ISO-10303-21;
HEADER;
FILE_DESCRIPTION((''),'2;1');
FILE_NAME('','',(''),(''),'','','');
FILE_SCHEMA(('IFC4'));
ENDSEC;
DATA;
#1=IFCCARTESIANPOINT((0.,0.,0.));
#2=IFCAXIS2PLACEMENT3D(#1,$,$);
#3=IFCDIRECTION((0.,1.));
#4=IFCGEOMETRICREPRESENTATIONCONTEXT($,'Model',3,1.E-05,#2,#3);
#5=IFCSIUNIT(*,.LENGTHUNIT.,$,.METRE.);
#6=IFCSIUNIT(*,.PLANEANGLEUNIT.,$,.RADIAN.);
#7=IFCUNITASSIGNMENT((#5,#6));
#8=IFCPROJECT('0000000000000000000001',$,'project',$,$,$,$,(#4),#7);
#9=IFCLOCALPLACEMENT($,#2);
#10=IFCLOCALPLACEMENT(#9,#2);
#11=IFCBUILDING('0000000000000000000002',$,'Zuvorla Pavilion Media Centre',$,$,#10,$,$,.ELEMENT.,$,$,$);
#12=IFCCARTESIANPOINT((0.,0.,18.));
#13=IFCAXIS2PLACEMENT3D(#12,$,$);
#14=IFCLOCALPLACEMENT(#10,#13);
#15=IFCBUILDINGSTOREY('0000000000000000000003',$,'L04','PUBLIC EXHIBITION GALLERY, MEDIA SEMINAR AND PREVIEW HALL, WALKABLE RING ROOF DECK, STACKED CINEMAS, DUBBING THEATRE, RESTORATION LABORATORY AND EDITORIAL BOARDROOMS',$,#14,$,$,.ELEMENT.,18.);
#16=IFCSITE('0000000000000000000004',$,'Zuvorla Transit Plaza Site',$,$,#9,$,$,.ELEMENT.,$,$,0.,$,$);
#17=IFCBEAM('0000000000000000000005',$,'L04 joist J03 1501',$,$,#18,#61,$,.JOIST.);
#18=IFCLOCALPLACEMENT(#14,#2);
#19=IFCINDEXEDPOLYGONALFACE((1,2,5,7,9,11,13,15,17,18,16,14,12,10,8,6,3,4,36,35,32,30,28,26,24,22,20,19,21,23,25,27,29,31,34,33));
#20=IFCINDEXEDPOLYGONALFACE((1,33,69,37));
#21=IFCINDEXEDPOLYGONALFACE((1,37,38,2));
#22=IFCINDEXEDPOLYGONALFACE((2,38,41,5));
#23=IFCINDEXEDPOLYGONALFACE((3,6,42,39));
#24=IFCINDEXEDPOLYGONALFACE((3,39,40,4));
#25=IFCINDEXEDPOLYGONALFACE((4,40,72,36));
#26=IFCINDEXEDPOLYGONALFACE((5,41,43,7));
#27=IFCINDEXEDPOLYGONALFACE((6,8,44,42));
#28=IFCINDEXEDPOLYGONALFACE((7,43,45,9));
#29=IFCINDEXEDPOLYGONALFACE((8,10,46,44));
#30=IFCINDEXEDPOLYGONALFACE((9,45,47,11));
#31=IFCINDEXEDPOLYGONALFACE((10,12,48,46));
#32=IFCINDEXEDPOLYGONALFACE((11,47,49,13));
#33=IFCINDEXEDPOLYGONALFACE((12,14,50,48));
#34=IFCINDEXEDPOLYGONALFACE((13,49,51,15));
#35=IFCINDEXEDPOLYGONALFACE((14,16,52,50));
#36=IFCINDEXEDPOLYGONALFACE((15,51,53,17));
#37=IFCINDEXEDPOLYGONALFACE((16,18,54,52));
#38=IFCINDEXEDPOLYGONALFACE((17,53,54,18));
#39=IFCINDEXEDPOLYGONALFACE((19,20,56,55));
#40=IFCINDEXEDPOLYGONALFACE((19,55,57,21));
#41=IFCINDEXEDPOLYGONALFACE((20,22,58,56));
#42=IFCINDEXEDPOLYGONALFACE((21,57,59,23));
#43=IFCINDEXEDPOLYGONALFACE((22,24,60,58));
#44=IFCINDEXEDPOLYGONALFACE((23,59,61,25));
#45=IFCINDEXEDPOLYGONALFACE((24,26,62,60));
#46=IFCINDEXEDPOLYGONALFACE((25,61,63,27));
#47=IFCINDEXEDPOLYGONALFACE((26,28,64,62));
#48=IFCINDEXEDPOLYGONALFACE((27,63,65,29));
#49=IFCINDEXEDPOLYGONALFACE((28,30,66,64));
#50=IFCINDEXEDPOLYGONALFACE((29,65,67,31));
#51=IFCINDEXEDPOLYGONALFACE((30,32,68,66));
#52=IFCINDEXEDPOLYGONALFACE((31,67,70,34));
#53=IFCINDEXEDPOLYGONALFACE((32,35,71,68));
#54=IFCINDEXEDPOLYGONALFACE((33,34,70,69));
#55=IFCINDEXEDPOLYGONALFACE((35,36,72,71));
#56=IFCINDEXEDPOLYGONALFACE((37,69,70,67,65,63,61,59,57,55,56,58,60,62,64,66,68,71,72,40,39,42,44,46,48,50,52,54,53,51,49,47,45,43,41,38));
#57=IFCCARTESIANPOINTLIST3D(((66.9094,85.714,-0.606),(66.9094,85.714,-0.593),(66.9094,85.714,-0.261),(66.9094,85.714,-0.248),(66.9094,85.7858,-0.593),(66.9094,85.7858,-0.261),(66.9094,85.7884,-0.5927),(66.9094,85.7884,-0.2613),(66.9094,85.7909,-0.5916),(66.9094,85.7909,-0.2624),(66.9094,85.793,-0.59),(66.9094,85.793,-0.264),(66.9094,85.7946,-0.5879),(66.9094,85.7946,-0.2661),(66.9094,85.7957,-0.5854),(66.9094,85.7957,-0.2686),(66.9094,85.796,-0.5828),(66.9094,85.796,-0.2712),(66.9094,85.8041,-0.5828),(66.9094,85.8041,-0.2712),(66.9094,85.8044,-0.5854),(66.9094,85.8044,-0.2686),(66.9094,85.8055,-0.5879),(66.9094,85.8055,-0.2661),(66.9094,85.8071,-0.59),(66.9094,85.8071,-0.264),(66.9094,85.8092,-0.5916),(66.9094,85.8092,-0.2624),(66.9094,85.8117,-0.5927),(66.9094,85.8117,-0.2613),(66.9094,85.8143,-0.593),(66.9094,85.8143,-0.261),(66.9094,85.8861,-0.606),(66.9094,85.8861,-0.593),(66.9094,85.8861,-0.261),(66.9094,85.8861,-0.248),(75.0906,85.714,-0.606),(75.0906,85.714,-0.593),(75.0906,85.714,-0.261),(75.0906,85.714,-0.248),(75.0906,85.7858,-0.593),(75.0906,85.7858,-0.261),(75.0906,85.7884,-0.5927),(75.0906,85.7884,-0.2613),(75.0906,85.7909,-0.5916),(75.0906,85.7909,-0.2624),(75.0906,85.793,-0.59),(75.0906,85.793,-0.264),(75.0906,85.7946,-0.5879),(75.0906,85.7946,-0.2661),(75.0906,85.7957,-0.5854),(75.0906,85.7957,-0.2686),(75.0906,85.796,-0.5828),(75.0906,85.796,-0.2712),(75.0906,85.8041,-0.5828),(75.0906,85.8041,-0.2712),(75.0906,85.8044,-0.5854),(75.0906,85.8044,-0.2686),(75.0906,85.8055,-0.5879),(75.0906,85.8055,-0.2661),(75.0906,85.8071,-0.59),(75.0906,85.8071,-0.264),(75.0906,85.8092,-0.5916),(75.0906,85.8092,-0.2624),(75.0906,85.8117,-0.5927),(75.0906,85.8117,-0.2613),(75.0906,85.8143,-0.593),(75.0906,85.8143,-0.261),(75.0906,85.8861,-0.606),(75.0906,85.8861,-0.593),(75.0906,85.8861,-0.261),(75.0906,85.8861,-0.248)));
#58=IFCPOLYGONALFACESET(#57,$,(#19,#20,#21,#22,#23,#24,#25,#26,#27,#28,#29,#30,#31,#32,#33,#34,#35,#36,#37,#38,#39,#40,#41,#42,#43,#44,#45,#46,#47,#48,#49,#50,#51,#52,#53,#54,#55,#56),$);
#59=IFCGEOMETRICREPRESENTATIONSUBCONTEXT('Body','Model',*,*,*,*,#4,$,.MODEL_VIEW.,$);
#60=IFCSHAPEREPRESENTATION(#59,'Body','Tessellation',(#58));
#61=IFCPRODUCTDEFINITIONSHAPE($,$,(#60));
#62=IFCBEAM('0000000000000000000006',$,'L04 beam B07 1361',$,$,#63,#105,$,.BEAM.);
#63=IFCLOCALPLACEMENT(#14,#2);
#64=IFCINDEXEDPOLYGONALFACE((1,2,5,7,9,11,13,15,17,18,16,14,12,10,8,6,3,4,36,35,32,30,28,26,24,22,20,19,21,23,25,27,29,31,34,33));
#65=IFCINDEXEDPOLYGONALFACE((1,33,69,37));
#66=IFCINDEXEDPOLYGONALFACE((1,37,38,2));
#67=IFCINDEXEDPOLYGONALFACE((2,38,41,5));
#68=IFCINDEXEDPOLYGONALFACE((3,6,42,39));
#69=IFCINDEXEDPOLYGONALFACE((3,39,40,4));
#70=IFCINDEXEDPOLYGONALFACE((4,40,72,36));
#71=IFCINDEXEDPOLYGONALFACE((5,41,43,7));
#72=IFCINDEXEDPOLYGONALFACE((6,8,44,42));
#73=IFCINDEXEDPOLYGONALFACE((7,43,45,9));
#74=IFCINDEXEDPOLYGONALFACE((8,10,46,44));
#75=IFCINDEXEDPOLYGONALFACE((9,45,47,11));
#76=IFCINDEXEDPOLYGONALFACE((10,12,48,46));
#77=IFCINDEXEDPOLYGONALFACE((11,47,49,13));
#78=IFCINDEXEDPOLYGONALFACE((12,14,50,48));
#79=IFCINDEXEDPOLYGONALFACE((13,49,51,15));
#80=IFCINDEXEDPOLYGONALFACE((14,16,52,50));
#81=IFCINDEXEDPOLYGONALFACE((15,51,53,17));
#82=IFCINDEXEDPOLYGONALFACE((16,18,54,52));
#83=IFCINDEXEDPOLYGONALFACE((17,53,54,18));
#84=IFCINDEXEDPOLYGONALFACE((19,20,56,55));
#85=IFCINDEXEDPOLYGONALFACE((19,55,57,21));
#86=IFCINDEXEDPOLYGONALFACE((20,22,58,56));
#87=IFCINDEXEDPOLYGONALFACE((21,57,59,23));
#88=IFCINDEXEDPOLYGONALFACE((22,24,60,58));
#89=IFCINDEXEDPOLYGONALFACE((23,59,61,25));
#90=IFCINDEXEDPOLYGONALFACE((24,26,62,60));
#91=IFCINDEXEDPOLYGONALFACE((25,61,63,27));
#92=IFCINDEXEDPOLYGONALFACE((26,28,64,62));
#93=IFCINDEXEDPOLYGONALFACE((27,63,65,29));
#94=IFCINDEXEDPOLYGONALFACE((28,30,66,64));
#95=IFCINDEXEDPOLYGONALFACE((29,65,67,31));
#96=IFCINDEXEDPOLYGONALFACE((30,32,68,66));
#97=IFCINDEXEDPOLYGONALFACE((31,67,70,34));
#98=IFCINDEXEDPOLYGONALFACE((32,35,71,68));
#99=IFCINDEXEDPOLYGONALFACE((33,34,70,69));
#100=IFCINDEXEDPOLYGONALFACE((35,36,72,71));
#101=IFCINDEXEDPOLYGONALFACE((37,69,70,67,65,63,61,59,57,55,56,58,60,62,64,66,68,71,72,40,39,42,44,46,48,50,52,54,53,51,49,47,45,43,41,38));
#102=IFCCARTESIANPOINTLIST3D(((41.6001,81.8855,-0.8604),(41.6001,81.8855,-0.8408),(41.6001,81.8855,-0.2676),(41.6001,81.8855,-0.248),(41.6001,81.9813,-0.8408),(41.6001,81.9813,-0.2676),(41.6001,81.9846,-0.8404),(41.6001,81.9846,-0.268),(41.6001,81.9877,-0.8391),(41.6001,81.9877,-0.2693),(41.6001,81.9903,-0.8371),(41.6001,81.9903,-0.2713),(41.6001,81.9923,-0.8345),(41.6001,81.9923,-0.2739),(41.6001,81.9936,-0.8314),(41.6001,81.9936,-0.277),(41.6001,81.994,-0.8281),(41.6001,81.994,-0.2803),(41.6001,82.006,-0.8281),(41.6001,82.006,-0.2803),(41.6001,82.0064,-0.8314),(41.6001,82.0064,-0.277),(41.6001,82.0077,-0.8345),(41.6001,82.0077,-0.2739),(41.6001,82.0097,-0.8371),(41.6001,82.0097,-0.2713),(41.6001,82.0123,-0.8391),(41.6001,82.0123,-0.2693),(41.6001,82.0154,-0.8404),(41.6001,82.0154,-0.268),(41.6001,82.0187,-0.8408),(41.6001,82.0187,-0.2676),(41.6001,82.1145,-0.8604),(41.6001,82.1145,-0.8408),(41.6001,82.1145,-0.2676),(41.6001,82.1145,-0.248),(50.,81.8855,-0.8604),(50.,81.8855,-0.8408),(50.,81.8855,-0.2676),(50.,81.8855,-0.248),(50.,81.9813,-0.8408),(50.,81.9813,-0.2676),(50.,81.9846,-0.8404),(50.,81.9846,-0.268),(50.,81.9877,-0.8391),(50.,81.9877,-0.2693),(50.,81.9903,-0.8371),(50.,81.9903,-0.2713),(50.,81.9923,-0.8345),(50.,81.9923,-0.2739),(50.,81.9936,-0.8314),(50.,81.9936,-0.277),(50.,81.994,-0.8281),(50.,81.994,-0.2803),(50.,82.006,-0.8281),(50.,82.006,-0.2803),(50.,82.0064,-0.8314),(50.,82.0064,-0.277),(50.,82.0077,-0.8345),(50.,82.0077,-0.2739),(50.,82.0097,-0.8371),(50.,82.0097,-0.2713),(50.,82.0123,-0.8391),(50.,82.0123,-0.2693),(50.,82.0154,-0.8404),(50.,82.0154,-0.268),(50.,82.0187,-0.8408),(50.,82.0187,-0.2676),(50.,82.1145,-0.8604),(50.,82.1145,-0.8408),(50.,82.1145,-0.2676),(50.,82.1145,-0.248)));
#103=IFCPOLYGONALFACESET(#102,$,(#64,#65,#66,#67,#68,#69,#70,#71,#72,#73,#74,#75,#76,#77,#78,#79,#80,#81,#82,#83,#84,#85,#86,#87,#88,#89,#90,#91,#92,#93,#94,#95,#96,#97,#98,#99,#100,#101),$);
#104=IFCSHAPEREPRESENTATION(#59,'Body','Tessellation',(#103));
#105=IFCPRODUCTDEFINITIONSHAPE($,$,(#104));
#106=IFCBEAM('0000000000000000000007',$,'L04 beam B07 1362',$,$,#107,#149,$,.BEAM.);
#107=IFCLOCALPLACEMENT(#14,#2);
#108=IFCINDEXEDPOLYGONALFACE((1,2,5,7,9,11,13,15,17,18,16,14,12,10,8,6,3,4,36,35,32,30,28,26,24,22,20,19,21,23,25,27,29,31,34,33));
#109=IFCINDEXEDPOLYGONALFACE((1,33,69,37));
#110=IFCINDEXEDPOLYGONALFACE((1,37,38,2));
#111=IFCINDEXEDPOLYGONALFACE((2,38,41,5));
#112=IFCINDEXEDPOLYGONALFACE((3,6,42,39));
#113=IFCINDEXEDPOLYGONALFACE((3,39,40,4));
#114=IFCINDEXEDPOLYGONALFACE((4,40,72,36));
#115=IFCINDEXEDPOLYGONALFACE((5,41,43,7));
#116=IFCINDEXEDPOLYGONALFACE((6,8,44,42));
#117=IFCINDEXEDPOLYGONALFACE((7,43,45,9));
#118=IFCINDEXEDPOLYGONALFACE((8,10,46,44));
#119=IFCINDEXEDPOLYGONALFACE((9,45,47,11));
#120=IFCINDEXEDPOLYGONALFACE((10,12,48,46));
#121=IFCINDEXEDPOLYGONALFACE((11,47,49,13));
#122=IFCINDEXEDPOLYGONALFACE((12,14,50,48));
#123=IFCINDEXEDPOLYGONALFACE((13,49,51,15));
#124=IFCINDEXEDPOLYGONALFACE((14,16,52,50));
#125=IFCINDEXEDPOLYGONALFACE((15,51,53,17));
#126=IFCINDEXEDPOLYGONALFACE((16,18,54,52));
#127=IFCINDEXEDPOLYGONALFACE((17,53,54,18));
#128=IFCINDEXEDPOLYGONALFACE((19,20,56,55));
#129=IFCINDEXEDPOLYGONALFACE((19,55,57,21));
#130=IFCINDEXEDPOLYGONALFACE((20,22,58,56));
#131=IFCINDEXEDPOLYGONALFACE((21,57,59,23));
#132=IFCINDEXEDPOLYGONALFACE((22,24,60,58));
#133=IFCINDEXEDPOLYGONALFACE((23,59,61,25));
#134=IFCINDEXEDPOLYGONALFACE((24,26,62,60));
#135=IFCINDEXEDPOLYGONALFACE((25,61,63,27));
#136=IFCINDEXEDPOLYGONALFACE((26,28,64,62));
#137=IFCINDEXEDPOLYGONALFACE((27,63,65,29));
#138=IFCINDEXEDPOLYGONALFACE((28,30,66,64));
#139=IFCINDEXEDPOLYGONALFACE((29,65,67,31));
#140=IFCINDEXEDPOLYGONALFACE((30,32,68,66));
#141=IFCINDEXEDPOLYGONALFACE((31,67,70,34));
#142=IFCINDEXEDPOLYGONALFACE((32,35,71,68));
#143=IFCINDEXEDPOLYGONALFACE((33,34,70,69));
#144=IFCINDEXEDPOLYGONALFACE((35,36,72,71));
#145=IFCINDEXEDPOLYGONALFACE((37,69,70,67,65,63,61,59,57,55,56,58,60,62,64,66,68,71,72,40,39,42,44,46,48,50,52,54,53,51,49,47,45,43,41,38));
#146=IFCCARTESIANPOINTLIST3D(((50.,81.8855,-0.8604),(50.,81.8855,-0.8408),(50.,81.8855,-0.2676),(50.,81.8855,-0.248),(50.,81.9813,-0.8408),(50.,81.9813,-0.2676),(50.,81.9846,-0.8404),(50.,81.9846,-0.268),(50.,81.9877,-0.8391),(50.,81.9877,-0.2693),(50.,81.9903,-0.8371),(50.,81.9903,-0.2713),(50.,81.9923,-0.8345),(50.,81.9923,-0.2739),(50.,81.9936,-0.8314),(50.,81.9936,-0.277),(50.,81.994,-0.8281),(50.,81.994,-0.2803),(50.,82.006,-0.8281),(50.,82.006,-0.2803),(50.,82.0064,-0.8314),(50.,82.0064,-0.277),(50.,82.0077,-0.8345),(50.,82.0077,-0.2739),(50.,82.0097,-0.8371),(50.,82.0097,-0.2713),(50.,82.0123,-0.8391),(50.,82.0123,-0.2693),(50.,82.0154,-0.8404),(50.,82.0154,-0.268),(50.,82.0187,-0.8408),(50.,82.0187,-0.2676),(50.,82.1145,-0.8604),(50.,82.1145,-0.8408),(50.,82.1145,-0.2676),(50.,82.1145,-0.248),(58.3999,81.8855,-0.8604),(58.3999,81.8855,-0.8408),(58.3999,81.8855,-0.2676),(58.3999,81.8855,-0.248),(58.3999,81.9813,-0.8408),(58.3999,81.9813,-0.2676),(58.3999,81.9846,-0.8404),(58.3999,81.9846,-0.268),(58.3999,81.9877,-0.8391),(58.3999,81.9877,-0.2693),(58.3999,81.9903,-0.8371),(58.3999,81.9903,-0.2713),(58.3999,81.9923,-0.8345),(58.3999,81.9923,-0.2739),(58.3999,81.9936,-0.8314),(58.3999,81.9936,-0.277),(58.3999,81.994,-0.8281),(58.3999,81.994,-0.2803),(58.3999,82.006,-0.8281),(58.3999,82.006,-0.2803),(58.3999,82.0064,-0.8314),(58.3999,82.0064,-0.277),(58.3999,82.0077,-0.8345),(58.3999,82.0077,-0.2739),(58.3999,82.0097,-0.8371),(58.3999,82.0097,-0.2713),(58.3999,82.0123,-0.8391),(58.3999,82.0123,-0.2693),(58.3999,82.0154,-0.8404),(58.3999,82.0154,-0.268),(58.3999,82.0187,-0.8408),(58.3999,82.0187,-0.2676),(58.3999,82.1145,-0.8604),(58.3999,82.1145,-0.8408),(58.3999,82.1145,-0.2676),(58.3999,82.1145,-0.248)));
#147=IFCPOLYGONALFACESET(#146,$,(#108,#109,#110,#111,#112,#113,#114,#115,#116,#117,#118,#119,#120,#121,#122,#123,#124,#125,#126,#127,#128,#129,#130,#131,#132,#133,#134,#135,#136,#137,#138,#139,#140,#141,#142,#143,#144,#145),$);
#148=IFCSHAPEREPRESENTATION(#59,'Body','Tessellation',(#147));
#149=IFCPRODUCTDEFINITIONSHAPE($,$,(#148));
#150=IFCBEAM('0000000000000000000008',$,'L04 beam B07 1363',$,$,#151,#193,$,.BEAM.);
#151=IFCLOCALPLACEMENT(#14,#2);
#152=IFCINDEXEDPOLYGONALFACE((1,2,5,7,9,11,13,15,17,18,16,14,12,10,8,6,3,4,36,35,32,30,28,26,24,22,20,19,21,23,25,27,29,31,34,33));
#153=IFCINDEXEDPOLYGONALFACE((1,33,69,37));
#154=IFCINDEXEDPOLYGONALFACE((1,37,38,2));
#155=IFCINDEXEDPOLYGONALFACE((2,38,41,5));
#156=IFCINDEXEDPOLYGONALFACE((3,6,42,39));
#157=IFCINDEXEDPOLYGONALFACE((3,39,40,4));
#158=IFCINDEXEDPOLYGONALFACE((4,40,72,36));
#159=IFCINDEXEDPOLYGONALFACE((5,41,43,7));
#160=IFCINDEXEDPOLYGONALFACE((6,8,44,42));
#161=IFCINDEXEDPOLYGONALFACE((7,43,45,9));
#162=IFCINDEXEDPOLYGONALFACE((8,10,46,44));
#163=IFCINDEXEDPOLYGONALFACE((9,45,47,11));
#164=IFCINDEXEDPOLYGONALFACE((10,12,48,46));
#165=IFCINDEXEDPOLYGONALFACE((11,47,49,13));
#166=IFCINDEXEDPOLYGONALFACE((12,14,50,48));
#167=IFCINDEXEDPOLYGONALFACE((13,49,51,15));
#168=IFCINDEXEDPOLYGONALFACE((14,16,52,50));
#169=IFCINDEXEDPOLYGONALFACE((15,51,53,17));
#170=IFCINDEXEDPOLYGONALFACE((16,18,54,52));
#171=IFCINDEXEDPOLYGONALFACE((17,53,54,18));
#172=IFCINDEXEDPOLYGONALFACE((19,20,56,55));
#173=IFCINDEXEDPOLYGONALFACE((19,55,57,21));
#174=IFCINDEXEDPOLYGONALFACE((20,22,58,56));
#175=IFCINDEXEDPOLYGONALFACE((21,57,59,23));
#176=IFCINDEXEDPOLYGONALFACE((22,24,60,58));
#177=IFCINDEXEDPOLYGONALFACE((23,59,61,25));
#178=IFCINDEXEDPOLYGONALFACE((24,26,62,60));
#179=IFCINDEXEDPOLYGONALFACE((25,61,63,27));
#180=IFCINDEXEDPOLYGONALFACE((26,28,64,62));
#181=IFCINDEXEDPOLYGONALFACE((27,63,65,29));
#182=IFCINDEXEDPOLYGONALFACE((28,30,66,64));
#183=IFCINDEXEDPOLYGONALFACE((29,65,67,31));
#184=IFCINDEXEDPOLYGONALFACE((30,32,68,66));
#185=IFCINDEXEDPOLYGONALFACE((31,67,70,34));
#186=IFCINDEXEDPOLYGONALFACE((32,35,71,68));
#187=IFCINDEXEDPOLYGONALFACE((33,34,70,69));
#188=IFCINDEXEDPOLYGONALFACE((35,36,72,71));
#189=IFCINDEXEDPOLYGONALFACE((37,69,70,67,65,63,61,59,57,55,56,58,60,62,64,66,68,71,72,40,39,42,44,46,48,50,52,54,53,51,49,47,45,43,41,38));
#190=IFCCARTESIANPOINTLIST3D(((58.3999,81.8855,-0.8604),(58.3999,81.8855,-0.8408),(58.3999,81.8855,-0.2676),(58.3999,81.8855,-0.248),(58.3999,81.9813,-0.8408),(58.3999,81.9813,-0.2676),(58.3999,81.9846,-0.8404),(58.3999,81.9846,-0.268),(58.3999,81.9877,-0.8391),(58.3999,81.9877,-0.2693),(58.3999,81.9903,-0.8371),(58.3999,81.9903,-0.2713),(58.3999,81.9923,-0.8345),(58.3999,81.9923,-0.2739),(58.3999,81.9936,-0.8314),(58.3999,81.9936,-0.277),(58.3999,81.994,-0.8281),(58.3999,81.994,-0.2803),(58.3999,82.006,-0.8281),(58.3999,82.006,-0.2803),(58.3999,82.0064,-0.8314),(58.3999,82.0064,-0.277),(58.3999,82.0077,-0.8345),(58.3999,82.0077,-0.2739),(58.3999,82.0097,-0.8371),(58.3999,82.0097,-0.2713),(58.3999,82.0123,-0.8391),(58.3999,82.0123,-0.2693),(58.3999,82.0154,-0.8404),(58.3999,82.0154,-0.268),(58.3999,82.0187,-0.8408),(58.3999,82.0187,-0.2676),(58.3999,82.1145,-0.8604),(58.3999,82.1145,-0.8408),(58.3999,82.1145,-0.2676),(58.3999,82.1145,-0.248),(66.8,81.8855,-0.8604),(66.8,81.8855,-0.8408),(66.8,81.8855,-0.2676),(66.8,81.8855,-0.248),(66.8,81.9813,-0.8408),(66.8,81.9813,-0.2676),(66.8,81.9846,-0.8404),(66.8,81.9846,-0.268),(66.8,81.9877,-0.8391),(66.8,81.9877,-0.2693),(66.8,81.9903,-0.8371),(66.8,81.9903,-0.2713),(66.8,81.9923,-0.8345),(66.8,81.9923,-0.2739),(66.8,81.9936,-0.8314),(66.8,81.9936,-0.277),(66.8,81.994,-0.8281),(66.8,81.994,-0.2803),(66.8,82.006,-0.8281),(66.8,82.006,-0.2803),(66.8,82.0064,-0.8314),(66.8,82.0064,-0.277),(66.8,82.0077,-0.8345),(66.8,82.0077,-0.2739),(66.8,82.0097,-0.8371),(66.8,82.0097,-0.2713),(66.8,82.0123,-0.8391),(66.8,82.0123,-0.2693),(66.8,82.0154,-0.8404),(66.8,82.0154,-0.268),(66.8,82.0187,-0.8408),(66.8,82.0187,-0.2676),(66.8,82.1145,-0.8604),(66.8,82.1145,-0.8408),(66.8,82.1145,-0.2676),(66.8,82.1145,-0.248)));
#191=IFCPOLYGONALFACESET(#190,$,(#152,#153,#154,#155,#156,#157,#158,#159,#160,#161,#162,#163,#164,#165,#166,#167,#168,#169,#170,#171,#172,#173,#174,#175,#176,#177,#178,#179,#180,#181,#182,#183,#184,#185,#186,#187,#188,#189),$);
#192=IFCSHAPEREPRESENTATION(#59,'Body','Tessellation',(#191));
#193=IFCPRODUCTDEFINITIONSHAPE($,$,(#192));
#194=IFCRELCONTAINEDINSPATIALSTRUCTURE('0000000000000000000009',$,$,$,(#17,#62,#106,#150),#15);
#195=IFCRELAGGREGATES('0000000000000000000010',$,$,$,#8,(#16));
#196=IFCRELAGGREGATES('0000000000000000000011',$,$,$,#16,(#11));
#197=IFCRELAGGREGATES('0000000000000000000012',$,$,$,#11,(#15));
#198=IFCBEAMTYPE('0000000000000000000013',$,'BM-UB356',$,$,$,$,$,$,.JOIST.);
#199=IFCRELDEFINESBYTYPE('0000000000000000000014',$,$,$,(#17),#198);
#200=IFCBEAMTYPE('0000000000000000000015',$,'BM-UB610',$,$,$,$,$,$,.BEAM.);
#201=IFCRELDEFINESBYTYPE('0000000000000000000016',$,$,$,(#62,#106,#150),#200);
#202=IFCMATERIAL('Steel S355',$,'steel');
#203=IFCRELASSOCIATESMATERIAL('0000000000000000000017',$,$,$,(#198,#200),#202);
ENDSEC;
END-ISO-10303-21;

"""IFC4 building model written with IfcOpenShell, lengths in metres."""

from ifc_helpers import new_model, si_unit, direction, frame, origin, origin_2d, place, context, subcontext, project, spatial, i_section, extrude, material, material_profile, profile_set, type_object, element, save


model = new_model("IFC4")

# Units and contexts
model_context = context("Model", 3, precision=1e-05, world=origin(), true_north=direction((0.0, 1.0)))
body_context = subcontext(model_context, "Body", "Model", "MODEL_VIEW")
ifc_project = project(units=[si_unit("LENGTHUNIT", "METRE"), si_unit("PLANEANGLEUNIT", "RADIAN")], contexts=[model_context])

# Site, building, storey
site_placement = place(None, origin())
site = spatial("IfcSite", under=ifc_project, at=site_placement, Name="Zuvorla Transit Plaza Site", CompositionType="ELEMENT", RefElevation=0.0)
building_placement = place(site_placement, origin())
building = spatial("IfcBuilding", under=site, at=building_placement, Name="Zuvorla Pavilion Media Centre", CompositionType="ELEMENT")
storey_placement = place(building_placement, frame((0.0, 0.0, 18.0)))
storey = spatial("IfcBuildingStorey", under=building, at=storey_placement, Name="L04", Description="PUBLIC EXHIBITION GALLERY, MEDIA SEMINAR AND PREVIEW HALL, WALKABLE RING ROOF DECK, STACKED CINEMAS, DUBBING THEATRE, RESTORATION LABORATORY AND EDITORIAL BOARDROOMS", CompositionType="ELEMENT", Elevation=18.0)

# Beams
ifc_material = material(Name="Steel S355", Category="steel")
ifc_material_profile_1 = material_profile(ifc_material, i_section(OverallWidth=0.1721, OverallDepth=0.3579, WebThickness=0.0081, FlangeThickness=0.0129, FilletRadius=0.0103, at=origin_2d()), Name="UB 356x171x57")
ifc_profile_set_1 = profile_set([ifc_material_profile_1], Name="Steel S355")
beam_type_1 = type_object("IfcBeamType", Name="BM-UB356", PredefinedType="JOIST", material=ifc_profile_set_1)
beam_1_placement = place(storey_placement, frame((66.9094, 85.8, -0.427), z_axis=(1.0, 0.0, 0.0), x_axis=(0.0, 1.0, 0.0)))
element("IfcBeam", 1, at=beam_1_placement, inside=storey, type_object=beam_type_1, Name="L04 joist J03 1501", PredefinedType="JOIST", context=body_context, shape_type="SweptSolid", body=[
    extrude(i_section(OverallWidth=0.1721, OverallDepth=0.3579, WebThickness=0.0081, FlangeThickness=0.0129, FilletRadius=0.0103, at=origin_2d()), origin(), (0.0, 0.0, 1.0), 8.1812),
])
ifc_material_profile_2 = material_profile(ifc_material, i_section(OverallWidth=0.229, OverallDepth=0.6123, WebThickness=0.012, FlangeThickness=0.0195, FilletRadius=0.0127, at=origin_2d()), Name="UB 610x229x125")
ifc_profile_set_2 = profile_set([ifc_material_profile_2], Name="Steel S355")
beam_type_2 = type_object("IfcBeamType", Name="BM-UB610", PredefinedType="BEAM", material=ifc_profile_set_2)
for number, where, z_axis, x_axis, name in (
    (2, (41.6001, 82.0, -0.5542), (1.0, 0.0, 0.0), (0.0, 1.0, 0.0), "L04 beam B07 1361"),
    (3, (50.0, 82.0, -0.5542), (1.0, 0.0, 0.0), (0.0, 1.0, 0.0), "L04 beam B07 1362"),
):
    element("IfcBeam", number, at=place(storey_placement, frame(where, z_axis=z_axis, x_axis=x_axis)), inside=storey, type_object=beam_type_2, Name=name, PredefinedType="BEAM", context=body_context, shape_type="SweptSolid", body=[
        extrude(i_section(OverallWidth=0.229, OverallDepth=0.6123, WebThickness=0.012, FlangeThickness=0.0195, FilletRadius=0.0127, at=origin_2d()), origin(), (0.0, 0.0, 1.0), 8.3999),
    ])
beam_2_placement = place(storey_placement, frame((58.3999, 82.0, -0.5542), z_axis=(1.0, 0.0, 0.0), x_axis=(0.0, 1.0, 0.0)))
element("IfcBeam", 4, at=beam_2_placement, inside=storey, type_object=beam_type_2, Name="L04 beam B07 1363", PredefinedType="BEAM", context=body_context, shape_type="SweptSolid", body=[
    extrude(i_section(OverallWidth=0.229, OverallDepth=0.6123, WebThickness=0.012, FlangeThickness=0.0195, FilletRadius=0.0127, at=origin_2d()), origin(), (0.0, 0.0, 1.0), 8.4001),
])

save(model, "model.ifc")
